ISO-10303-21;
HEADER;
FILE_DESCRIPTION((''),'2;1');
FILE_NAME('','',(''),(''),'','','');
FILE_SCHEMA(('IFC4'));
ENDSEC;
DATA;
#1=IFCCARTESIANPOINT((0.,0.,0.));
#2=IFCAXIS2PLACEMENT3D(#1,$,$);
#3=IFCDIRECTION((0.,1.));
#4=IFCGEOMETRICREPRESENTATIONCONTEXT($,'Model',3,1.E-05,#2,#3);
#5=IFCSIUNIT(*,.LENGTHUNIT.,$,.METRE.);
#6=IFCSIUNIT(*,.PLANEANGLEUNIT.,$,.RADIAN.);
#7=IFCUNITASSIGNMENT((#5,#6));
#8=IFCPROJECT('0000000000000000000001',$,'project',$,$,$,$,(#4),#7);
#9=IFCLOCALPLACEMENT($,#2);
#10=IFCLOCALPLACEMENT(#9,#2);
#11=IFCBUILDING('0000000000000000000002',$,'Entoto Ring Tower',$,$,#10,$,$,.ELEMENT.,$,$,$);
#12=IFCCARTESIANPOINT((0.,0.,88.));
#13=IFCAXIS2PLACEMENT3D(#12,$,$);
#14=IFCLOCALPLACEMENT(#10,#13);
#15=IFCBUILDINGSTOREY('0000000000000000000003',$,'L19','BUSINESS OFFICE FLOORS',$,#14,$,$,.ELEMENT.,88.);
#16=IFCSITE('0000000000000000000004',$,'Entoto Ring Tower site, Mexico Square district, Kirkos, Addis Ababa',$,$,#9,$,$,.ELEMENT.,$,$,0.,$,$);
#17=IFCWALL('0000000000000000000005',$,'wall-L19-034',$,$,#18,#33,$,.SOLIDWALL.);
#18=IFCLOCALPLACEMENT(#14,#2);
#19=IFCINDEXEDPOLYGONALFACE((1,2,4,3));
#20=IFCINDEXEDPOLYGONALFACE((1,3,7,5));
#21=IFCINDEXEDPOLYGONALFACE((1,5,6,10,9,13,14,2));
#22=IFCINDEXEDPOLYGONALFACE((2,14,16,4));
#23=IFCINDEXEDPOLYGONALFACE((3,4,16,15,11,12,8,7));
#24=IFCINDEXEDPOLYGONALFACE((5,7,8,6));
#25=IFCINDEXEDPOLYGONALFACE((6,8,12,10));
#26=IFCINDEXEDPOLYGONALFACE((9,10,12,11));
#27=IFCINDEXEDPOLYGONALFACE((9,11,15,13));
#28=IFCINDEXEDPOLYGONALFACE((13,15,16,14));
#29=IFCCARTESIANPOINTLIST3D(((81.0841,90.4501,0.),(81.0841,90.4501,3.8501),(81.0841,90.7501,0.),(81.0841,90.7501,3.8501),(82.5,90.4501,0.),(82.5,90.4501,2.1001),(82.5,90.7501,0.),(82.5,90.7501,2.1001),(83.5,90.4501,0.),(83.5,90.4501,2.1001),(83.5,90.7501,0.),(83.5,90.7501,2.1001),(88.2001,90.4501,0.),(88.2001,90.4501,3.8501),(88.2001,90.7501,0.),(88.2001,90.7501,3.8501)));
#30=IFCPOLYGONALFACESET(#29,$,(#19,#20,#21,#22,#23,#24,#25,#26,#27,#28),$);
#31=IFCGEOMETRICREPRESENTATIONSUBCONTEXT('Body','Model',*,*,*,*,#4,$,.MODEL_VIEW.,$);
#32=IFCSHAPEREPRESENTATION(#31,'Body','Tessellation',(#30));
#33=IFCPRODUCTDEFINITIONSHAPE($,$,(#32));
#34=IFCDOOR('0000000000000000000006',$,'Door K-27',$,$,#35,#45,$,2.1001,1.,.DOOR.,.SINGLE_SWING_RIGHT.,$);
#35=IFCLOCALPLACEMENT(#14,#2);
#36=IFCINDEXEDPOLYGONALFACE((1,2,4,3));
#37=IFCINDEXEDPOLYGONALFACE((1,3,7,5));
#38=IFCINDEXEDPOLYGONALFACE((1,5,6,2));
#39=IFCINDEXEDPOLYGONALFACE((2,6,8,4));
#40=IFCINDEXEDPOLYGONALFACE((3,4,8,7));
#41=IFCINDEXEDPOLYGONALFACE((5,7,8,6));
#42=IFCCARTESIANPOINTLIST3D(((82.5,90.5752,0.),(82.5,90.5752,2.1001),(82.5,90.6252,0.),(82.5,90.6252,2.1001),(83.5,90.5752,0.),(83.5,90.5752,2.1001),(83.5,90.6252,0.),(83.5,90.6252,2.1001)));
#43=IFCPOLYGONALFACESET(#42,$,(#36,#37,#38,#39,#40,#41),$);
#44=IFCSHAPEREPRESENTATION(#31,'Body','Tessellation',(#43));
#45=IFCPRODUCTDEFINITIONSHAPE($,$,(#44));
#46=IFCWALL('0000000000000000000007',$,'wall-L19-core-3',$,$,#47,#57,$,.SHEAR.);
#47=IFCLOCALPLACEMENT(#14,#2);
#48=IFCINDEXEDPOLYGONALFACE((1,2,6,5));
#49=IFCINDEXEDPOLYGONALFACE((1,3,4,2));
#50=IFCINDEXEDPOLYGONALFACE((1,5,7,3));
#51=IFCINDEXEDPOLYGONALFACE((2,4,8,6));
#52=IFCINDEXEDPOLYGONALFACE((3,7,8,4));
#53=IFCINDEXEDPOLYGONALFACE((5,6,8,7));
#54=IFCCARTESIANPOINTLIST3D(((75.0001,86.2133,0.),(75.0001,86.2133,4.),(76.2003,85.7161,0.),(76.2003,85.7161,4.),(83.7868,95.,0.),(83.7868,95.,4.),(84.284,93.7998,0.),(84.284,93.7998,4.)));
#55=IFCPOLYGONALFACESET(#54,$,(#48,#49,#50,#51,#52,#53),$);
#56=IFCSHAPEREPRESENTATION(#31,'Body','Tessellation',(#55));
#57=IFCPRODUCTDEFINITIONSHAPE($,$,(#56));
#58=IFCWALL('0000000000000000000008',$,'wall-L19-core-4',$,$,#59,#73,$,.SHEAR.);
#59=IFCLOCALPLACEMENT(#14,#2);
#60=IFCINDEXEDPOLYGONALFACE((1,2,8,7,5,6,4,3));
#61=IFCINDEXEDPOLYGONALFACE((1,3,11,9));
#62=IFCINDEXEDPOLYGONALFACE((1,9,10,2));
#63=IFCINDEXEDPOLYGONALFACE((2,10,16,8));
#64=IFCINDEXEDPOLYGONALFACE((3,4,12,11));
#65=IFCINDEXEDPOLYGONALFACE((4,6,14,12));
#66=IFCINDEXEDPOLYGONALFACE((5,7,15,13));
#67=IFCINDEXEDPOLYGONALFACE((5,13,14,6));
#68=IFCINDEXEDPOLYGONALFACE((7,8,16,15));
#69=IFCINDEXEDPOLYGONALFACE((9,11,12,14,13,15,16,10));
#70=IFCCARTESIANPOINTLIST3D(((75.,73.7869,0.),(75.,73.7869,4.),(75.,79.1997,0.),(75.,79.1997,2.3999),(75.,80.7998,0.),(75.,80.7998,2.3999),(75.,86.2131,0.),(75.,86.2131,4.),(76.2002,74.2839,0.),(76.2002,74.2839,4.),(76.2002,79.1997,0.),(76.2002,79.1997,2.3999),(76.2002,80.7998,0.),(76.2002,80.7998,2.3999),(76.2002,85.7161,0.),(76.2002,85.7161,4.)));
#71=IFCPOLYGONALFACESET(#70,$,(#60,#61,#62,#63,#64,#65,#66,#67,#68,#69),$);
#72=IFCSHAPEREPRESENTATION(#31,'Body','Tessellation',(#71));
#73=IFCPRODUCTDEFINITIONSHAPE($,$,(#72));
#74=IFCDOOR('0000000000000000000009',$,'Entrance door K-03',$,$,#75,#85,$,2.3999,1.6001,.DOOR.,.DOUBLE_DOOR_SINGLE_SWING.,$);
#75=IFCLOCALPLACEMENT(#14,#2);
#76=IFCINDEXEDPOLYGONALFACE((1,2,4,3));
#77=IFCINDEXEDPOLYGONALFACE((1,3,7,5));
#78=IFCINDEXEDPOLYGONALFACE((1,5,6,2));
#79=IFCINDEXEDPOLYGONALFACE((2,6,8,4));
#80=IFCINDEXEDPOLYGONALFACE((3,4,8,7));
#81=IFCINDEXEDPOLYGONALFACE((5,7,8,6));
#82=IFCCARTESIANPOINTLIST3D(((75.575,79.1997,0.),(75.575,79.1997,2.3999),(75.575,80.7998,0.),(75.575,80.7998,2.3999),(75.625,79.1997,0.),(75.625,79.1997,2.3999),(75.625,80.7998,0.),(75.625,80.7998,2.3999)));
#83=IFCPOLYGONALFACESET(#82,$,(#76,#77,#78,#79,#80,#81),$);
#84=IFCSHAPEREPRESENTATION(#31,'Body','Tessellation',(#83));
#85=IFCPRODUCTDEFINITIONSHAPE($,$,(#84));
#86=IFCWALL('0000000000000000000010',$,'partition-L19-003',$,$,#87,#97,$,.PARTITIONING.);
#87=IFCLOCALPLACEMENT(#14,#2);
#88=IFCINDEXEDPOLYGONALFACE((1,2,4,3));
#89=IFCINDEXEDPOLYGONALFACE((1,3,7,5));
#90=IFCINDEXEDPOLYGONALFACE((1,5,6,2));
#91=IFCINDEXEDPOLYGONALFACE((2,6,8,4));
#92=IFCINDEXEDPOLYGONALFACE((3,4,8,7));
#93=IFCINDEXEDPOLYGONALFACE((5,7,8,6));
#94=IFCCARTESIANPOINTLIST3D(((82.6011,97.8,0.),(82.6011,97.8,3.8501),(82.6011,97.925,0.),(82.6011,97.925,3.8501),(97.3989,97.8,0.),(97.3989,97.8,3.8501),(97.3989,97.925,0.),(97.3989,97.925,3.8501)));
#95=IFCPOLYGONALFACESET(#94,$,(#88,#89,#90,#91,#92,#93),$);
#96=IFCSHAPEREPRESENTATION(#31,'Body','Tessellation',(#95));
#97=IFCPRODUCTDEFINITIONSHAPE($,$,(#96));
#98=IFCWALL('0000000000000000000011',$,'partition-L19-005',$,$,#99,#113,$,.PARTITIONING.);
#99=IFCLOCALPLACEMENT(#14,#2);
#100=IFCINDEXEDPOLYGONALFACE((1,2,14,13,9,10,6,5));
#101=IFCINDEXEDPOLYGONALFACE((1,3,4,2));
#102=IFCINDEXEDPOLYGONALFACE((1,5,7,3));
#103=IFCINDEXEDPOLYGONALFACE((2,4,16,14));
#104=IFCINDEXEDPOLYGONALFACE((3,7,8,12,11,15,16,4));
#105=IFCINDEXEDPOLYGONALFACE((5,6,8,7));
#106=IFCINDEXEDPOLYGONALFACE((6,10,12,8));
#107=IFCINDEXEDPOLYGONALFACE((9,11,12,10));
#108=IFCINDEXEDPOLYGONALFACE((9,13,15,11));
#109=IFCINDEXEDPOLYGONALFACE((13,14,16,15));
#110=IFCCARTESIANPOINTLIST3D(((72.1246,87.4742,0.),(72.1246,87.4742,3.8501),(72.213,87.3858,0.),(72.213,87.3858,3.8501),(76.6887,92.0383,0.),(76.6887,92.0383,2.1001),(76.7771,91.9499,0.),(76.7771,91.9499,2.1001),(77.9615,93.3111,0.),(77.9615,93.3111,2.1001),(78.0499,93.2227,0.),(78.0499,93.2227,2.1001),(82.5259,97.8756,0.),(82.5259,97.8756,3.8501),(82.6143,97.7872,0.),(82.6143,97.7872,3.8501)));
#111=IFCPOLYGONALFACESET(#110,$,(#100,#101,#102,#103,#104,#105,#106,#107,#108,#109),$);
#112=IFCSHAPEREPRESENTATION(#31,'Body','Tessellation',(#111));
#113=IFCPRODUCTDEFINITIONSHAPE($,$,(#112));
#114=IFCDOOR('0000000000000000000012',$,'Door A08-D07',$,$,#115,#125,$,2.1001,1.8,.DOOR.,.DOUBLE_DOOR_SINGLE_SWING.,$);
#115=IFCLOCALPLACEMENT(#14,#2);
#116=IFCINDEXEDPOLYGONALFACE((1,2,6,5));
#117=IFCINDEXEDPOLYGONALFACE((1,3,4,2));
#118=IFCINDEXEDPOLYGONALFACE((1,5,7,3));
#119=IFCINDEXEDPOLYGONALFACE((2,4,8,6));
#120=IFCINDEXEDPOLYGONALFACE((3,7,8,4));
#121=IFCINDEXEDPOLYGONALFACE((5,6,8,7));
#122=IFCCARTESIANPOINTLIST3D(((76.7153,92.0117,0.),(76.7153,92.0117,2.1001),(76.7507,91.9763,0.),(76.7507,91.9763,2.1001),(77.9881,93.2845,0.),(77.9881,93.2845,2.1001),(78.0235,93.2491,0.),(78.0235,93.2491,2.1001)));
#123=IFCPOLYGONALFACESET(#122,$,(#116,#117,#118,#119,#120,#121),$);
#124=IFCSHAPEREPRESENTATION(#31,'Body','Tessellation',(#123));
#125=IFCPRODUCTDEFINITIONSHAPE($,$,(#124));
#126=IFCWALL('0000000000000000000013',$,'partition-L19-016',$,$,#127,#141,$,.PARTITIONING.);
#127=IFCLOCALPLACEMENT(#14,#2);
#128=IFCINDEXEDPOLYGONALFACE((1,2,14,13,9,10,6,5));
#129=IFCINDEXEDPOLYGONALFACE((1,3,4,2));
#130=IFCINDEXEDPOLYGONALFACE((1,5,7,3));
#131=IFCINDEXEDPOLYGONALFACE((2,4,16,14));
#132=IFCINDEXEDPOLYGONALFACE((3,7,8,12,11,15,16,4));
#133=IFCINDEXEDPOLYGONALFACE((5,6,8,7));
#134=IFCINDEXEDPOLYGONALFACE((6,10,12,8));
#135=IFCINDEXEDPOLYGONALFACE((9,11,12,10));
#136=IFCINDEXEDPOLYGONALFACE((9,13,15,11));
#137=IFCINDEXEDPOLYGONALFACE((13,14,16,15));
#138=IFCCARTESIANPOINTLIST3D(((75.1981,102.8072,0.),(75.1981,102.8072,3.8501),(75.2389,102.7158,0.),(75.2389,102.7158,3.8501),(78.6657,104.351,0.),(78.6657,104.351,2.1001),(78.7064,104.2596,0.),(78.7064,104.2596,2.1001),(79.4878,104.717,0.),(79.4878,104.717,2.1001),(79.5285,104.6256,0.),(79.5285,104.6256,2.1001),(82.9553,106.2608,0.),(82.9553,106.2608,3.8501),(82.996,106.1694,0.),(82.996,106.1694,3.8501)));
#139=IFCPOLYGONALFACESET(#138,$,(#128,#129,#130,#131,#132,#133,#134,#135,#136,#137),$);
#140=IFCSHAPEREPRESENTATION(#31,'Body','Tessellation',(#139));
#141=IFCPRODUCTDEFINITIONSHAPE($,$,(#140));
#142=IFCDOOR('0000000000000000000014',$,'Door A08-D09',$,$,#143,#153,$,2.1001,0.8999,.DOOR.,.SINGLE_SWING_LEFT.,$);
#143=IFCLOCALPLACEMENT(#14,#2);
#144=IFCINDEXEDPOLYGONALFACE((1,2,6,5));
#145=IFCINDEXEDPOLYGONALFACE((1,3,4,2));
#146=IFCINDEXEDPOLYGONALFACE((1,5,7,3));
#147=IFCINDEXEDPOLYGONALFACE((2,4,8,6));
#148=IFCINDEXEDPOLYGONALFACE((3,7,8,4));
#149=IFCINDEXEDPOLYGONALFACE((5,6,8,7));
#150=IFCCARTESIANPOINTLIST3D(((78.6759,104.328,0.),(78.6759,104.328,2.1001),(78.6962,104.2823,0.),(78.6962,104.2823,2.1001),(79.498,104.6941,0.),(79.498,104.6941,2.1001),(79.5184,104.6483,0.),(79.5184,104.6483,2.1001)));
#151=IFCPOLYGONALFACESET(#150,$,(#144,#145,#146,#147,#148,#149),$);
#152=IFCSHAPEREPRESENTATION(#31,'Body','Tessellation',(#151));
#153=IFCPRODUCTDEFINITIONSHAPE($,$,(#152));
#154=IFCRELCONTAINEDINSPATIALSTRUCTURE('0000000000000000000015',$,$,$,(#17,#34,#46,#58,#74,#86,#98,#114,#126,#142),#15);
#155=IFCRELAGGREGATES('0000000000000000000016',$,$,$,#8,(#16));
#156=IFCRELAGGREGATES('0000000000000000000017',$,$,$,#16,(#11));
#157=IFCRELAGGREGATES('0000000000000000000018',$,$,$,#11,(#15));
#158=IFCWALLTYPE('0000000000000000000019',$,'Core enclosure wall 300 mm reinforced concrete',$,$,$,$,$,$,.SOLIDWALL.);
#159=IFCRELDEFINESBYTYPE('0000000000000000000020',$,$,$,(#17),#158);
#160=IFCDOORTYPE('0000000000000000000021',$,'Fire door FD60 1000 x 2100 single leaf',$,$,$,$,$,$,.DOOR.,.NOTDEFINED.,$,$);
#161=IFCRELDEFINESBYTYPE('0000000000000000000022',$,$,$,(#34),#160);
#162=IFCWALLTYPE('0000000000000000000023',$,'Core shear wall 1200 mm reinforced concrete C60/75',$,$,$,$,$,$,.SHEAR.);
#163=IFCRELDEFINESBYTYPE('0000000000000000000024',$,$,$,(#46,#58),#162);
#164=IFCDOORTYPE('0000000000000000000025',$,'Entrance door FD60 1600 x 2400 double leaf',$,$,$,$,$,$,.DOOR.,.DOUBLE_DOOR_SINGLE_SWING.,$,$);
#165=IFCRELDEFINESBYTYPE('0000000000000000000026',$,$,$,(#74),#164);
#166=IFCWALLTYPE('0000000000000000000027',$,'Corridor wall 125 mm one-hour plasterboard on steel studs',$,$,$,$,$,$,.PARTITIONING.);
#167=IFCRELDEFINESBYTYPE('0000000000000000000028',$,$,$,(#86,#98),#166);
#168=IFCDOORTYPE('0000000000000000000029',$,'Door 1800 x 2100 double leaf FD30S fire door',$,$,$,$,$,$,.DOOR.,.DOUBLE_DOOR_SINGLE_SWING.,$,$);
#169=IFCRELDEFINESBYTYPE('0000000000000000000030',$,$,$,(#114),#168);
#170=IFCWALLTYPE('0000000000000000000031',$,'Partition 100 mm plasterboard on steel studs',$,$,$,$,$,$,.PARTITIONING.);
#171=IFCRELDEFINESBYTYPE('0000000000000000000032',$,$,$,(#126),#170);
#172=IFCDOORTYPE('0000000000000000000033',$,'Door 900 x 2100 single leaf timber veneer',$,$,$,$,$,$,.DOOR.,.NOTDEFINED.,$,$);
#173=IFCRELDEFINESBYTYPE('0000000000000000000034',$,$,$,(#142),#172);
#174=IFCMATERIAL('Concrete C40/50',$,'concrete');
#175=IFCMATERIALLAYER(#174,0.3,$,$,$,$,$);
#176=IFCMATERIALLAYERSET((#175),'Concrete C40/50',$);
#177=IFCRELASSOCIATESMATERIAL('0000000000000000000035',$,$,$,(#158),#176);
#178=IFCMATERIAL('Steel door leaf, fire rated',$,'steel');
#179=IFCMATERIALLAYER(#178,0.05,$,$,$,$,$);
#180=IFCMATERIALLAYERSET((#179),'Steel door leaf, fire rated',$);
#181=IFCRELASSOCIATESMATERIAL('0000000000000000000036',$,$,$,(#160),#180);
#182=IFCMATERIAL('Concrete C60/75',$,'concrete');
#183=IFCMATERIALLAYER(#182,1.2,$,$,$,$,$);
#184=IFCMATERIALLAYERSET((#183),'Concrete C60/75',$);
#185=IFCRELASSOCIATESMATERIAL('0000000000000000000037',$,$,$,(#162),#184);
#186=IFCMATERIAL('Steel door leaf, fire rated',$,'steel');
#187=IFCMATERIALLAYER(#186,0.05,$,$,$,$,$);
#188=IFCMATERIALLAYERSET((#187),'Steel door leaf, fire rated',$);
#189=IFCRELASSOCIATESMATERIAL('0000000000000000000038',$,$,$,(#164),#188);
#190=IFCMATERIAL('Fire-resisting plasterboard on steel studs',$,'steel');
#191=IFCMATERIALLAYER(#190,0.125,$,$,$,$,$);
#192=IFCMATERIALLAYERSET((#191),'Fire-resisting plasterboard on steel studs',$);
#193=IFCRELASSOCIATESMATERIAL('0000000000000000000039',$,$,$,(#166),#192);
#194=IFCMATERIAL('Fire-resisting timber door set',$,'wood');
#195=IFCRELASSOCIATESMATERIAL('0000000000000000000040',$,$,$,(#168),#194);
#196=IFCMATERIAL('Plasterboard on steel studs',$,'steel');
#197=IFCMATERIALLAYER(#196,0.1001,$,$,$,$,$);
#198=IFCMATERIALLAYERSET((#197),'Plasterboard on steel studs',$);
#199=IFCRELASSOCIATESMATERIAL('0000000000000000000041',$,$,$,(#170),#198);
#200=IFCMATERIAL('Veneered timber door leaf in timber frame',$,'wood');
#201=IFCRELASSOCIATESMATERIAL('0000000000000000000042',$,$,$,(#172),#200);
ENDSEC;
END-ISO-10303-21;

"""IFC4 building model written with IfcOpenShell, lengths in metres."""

from ifc_helpers import new_model, si_unit, direction, frame, frame_2d, origin, place, context, subcontext, project, spatial, polyline, rectangle, outline, extrude, material, layer, layer_set, type_object, element, fill, save


model = new_model("IFC4")

# Units and contexts
model_context = context("Model", 3, precision=1e-05, world=origin(), true_north=direction((0.0, 1.0)))
body_context = subcontext(model_context, "Body", "Model", "MODEL_VIEW")
ifc_project = project(units=[si_unit("LENGTHUNIT", "METRE"), si_unit("PLANEANGLEUNIT", "RADIAN")], contexts=[model_context])

# Site, building, storey
site_placement = place(None, origin())
site = spatial("IfcSite", under=ifc_project, at=site_placement, Name="Entoto Ring Tower site, Mexico Square district, Kirkos, Addis Ababa", CompositionType="ELEMENT", RefElevation=0.0)
building_placement = place(site_placement, origin())
building = spatial("IfcBuilding", under=site, at=building_placement, Name="Entoto Ring Tower", CompositionType="ELEMENT")
storey_placement = place(building_placement, frame((0.0, 0.0, 88.0)))
storey = spatial("IfcBuildingStorey", under=building, at=storey_placement, Name="L19", Description="BUSINESS OFFICE FLOORS", CompositionType="ELEMENT", Elevation=88.0)

# Wall, opening, door
ifc_material_1 = material(Name="Concrete C40/50", Category="concrete")
ifc_layer_1 = layer(ifc_material_1, 0.3)
ifc_layer_set_1 = layer_set([ifc_layer_1], Name="Concrete C40/50")
wall_type_1 = type_object("IfcWallType", Name="Core enclosure wall 300 mm reinforced concrete", PredefinedType="SOLIDWALL", material=ifc_layer_set_1)
wall_1_placement = place(storey_placement, frame((81.084, 90.6001, 0.0), z_axis=(0.0, 0.0, 1.0), x_axis=(1.0, 0.0, 0.0)))
wall_1 = element("IfcWall", 1, at=wall_1_placement, inside=storey, type_object=wall_type_1, Name="wall-L19-034", PredefinedType="SOLIDWALL", context=body_context, shape_type="SweptSolid", body=[
    extrude(rectangle(XDim=7.116, YDim=0.3, at=frame_2d((3.5581, 0.0))), origin(), (0.0, 0.0, 1.0), 3.8501),
])
opening_1_placement = place(wall_1_placement, frame((1.416, 0.0, 0.0)))
opening_1 = element("IfcOpeningElement", 2, at=opening_1_placement, cuts=wall_1, PredefinedType="OPENING", context=body_context, shape_type="SweptSolid", body=[
    extrude(rectangle(XDim=1.0, YDim=2.1001, at=frame_2d((0.5, 1.05))), frame((0.0, 0.1602, 0.0), z_axis=(0.0, -1.0, 0.0), x_axis=(1.0, 0.0, 0.0)), (0.0, 0.0, 1.0), 0.3201),
])
ifc_material_2 = material(Name="Steel door leaf, fire rated", Category="steel")
ifc_layer_2 = layer(ifc_material_2, 0.05)
ifc_layer_set_2 = layer_set([ifc_layer_2], Name="Steel door leaf, fire rated")
door_type_1 = type_object("IfcDoorType", Name="Fire door FD60 1000 x 2100 single leaf", OperationType="NOTDEFINED", PredefinedType="DOOR", material=ifc_layer_set_2)
door_1_placement = place(opening_1_placement, frame((1.0, 0.0, 0.0), z_axis=(0.0, 0.0, 1.0), x_axis=(-1.0, 0.0, 0.0)))
door_1 = element("IfcDoor", 3, at=door_1_placement, inside=storey, type_object=door_type_1, Name="Door K-27", OperationType="SINGLE_SWING_RIGHT", OverallHeight=2.1001, OverallWidth=1.0, PredefinedType="DOOR", context=body_context, shape_type="SweptSolid", body=[
    extrude(rectangle(XDim=1.0, YDim=2.1001, at=frame_2d((0.5, 1.05))), frame((0.0, 0.0249, 0.0), z_axis=(0.0, -1.0, 0.0), x_axis=(1.0, 0.0, 0.0)), (0.0, 0.0, 1.0), 0.05),
])
fill(opening_1, door_1)

# Wall
ifc_material_3 = material(Name="Concrete C60/75", Category="concrete")
ifc_layer_3 = layer(ifc_material_3, 1.2)
ifc_layer_set_3 = layer_set([ifc_layer_3], Name="Concrete C60/75")
wall_type_2 = type_object("IfcWallType", Name="Core shear wall 1200 mm reinforced concrete C60/75", PredefinedType="SHEAR", material=ifc_layer_set_3)
wall_2_placement = place(storey_placement, frame((84.0354, 94.3999, 0.0), z_axis=(0.0, 0.0, 1.0), x_axis=(-0.707107, -0.707107, 0.0)))
element("IfcWall", 4, at=wall_2_placement, inside=storey, type_object=wall_type_2, Name="wall-L19-core-3", PredefinedType="SHEAR", context=body_context, shape_type="SweptSolid", body=[
    extrude(outline(polyline([(-0.2485, -0.6001), (12.1777, -0.6001), (11.6807, 0.6001), (0.2485, 0.6001), (-0.2485, -0.6001)])), origin(), (0.0, 0.0, 1.0), 4.0),
])

# Wall, opening, door
wall_3_placement = place(storey_placement, frame((75.6001, 85.9646, 0.0), z_axis=(0.0, 0.0, 1.0), x_axis=(0.0, -1.0, 0.0)))
wall_3 = element("IfcWall", 5, at=wall_3_placement, inside=storey, type_object=wall_type_2, Name="wall-L19-core-4", PredefinedType="SHEAR", context=body_context, shape_type="SweptSolid", body=[
    extrude(outline(polyline([(-0.2485, -0.6001), (12.1777, -0.6001), (11.6807, 0.6001), (0.2485, 0.6001), (-0.2485, -0.6001)])), origin(), (0.0, 0.0, 1.0), 4.0),
])
opening_2_placement = place(wall_3_placement, frame((5.1648, 0.0, 0.0)))
opening_2 = element("IfcOpeningElement", 6, at=opening_2_placement, cuts=wall_3, PredefinedType="OPENING", context=body_context, shape_type="SweptSolid", body=[
    extrude(rectangle(XDim=1.6001, YDim=2.3999, at=frame_2d((0.8, 1.2))), frame((0.0, 0.6099, 0.0), z_axis=(0.0, -1.0, 0.0), x_axis=(1.0, 0.0, 0.0)), (0.0, 0.0, 1.0), 1.22),
])
ifc_material_4 = material(Name="Steel door leaf, fire rated", Category="steel")
ifc_layer_4 = layer(ifc_material_4, 0.05)
ifc_layer_set_4 = layer_set([ifc_layer_4], Name="Steel door leaf, fire rated")
door_type_2 = type_object("IfcDoorType", Name="Entrance door FD60 1600 x 2400 double leaf", OperationType="DOUBLE_DOOR_SINGLE_SWING", PredefinedType="DOOR", material=ifc_layer_set_4)
door_2_placement = place(opening_2_placement, origin())
door_2 = element("IfcDoor", 7, at=door_2_placement, inside=storey, type_object=door_type_2, Name="Entrance door K-03", OperationType="DOUBLE_DOOR_SINGLE_SWING", OverallHeight=2.3999, OverallWidth=1.6001, PredefinedType="DOOR", context=body_context, shape_type="SweptSolid", body=[
    extrude(rectangle(XDim=1.6001, YDim=2.3999, at=frame_2d((0.8, 1.2))), frame((0.0, 0.0249, 0.0), z_axis=(0.0, -1.0, 0.0), x_axis=(1.0, 0.0, 0.0)), (0.0, 0.0, 1.0), 0.05),
])
fill(opening_2, door_2)

# Wall
ifc_material_5 = material(Name="Fire-resisting plasterboard on steel studs", Category="steel")
ifc_layer_5 = layer(ifc_material_5, 0.125)
ifc_layer_set_5 = layer_set([ifc_layer_5], Name="Fire-resisting plasterboard on steel studs")
wall_type_3 = type_object("IfcWallType", Name="Corridor wall 125 mm one-hour plasterboard on steel studs", PredefinedType="PARTITIONING", material=ifc_layer_set_5)
wall_4_placement = place(storey_placement, frame((82.6011, 97.8625, 0.0), z_axis=(0.0, 0.0, 1.0), x_axis=(1.0, 0.0, 0.0)))
element("IfcWall", 8, at=wall_4_placement, inside=storey, type_object=wall_type_3, Name="partition-L19-003", PredefinedType="PARTITIONING", context=body_context, shape_type="SweptSolid", body=[
    extrude(rectangle(XDim=14.7979, YDim=0.125, at=frame_2d((7.3989, 0.0))), origin(), (0.0, 0.0, 1.0), 3.8501),
])

# Walls, openings, doors
wall_5_placement = place(storey_placement, frame((72.1687, 87.4299, 0.0), z_axis=(0.0, 0.0, 1.0), x_axis=(0.707107, 0.707107, 0.0)))
wall_5 = element("IfcWall", 9, at=wall_5_placement, inside=storey, type_object=wall_type_3, Name="partition-L19-005", PredefinedType="PARTITIONING", context=body_context, shape_type="SweptSolid", body=[
    extrude(rectangle(XDim=14.7097, YDim=0.125, at=frame_2d((7.355, 0.0))), origin(), (0.0, 0.0, 1.0), 3.8501),
])
opening_3_placement = place(wall_5_placement, frame((6.4548, 0.0, 0.0)))
opening_3 = element("IfcOpeningElement", 10, at=opening_3_placement, cuts=wall_5, PredefinedType="OPENING", context=body_context, shape_type="SweptSolid", body=[
    extrude(rectangle(XDim=1.8, YDim=2.1001, at=frame_2d((0.8999, 1.05))), frame((0.0, 0.0725, 0.0), z_axis=(0.0, -1.0, 0.0), x_axis=(1.0, 0.0, 0.0)), (0.0, 0.0, 1.0), 0.145),
])
ifc_material_6 = material(Name="Fire-resisting timber door set", Category="wood")
door_type_3 = type_object("IfcDoorType", Name="Door 1800 x 2100 double leaf FD30S fire door", OperationType="DOUBLE_DOOR_SINGLE_SWING", PredefinedType="DOOR", material=ifc_material_6)
door_3_placement = place(opening_3_placement, origin())
door_3 = element("IfcDoor", 11, at=door_3_placement, inside=storey, type_object=door_type_3, Name="Door A08-D07", OperationType="DOUBLE_DOOR_SINGLE_SWING", OverallHeight=2.1001, OverallWidth=1.8, PredefinedType="DOOR", context=body_context, shape_type="SweptSolid", body=[
    extrude(rectangle(XDim=1.8, YDim=2.1001, at=frame_2d((0.8999, 1.05))), frame((0.0, 0.0249, 0.0), z_axis=(0.0, -1.0, 0.0), x_axis=(1.0, 0.0, 0.0)), (0.0, 0.0, 1.0), 0.05),
])
fill(opening_3, door_3)
ifc_material_7 = material(Name="Plasterboard on steel studs", Category="steel")
ifc_layer_6 = layer(ifc_material_7, 0.1001)
ifc_layer_set_6 = layer_set([ifc_layer_6], Name="Plasterboard on steel studs")
wall_type_4 = type_object("IfcWallType", Name="Partition 100 mm plasterboard on steel studs", PredefinedType="PARTITIONING", material=ifc_layer_set_6)
wall_6_placement = place(storey_placement, frame((75.2185, 102.7615, 0.0), z_axis=(0.0, 0.0, 1.0), x_axis=(0.913548, 0.406731, 0.0)))
wall_6 = element("IfcWall", 12, at=wall_6_placement, inside=storey, type_object=wall_type_4, Name="partition-L19-016", PredefinedType="PARTITIONING", context=body_context, shape_type="SweptSolid", body=[
    extrude(rectangle(XDim=8.4912, YDim=0.1001, at=frame_2d((4.2456, 0.0))), origin(), (0.0, 0.0, 1.0), 3.8501),
])
opening_4_placement = place(wall_6_placement, frame((3.7957, 0.0, 0.0)))
opening_4 = element("IfcOpeningElement", 13, at=opening_4_placement, cuts=wall_6, PredefinedType="OPENING", context=body_context, shape_type="SweptSolid", body=[
    extrude(rectangle(XDim=0.8999, YDim=2.1001, at=frame_2d((0.45, 1.05))), frame((0.0, 0.0601, 0.0), z_axis=(0.0, -1.0, 0.0), x_axis=(1.0, 0.0, 0.0)), (0.0, 0.0, 1.0), 0.1201),
])
ifc_material_8 = material(Name="Veneered timber door leaf in timber frame", Category="wood")
door_type_4 = type_object("IfcDoorType", Name="Door 900 x 2100 single leaf timber veneer", OperationType="NOTDEFINED", PredefinedType="DOOR", material=ifc_material_8)
door_4_placement = place(opening_4_placement, origin())
door_4 = element("IfcDoor", 14, at=door_4_placement, inside=storey, type_object=door_type_4, Name="Door A08-D09", OperationType="SINGLE_SWING_LEFT", OverallHeight=2.1001, OverallWidth=0.8999, PredefinedType="DOOR", context=body_context, shape_type="SweptSolid", body=[
    extrude(rectangle(XDim=0.8999, YDim=2.1001, at=frame_2d((0.45, 1.05))), frame((0.0, 0.0249, 0.0), z_axis=(0.0, -1.0, 0.0), x_axis=(1.0, 0.0, 0.0)), (0.0, 0.0, 1.0), 0.05),
])
fill(opening_4, door_4)

save(model, "model.ifc")
